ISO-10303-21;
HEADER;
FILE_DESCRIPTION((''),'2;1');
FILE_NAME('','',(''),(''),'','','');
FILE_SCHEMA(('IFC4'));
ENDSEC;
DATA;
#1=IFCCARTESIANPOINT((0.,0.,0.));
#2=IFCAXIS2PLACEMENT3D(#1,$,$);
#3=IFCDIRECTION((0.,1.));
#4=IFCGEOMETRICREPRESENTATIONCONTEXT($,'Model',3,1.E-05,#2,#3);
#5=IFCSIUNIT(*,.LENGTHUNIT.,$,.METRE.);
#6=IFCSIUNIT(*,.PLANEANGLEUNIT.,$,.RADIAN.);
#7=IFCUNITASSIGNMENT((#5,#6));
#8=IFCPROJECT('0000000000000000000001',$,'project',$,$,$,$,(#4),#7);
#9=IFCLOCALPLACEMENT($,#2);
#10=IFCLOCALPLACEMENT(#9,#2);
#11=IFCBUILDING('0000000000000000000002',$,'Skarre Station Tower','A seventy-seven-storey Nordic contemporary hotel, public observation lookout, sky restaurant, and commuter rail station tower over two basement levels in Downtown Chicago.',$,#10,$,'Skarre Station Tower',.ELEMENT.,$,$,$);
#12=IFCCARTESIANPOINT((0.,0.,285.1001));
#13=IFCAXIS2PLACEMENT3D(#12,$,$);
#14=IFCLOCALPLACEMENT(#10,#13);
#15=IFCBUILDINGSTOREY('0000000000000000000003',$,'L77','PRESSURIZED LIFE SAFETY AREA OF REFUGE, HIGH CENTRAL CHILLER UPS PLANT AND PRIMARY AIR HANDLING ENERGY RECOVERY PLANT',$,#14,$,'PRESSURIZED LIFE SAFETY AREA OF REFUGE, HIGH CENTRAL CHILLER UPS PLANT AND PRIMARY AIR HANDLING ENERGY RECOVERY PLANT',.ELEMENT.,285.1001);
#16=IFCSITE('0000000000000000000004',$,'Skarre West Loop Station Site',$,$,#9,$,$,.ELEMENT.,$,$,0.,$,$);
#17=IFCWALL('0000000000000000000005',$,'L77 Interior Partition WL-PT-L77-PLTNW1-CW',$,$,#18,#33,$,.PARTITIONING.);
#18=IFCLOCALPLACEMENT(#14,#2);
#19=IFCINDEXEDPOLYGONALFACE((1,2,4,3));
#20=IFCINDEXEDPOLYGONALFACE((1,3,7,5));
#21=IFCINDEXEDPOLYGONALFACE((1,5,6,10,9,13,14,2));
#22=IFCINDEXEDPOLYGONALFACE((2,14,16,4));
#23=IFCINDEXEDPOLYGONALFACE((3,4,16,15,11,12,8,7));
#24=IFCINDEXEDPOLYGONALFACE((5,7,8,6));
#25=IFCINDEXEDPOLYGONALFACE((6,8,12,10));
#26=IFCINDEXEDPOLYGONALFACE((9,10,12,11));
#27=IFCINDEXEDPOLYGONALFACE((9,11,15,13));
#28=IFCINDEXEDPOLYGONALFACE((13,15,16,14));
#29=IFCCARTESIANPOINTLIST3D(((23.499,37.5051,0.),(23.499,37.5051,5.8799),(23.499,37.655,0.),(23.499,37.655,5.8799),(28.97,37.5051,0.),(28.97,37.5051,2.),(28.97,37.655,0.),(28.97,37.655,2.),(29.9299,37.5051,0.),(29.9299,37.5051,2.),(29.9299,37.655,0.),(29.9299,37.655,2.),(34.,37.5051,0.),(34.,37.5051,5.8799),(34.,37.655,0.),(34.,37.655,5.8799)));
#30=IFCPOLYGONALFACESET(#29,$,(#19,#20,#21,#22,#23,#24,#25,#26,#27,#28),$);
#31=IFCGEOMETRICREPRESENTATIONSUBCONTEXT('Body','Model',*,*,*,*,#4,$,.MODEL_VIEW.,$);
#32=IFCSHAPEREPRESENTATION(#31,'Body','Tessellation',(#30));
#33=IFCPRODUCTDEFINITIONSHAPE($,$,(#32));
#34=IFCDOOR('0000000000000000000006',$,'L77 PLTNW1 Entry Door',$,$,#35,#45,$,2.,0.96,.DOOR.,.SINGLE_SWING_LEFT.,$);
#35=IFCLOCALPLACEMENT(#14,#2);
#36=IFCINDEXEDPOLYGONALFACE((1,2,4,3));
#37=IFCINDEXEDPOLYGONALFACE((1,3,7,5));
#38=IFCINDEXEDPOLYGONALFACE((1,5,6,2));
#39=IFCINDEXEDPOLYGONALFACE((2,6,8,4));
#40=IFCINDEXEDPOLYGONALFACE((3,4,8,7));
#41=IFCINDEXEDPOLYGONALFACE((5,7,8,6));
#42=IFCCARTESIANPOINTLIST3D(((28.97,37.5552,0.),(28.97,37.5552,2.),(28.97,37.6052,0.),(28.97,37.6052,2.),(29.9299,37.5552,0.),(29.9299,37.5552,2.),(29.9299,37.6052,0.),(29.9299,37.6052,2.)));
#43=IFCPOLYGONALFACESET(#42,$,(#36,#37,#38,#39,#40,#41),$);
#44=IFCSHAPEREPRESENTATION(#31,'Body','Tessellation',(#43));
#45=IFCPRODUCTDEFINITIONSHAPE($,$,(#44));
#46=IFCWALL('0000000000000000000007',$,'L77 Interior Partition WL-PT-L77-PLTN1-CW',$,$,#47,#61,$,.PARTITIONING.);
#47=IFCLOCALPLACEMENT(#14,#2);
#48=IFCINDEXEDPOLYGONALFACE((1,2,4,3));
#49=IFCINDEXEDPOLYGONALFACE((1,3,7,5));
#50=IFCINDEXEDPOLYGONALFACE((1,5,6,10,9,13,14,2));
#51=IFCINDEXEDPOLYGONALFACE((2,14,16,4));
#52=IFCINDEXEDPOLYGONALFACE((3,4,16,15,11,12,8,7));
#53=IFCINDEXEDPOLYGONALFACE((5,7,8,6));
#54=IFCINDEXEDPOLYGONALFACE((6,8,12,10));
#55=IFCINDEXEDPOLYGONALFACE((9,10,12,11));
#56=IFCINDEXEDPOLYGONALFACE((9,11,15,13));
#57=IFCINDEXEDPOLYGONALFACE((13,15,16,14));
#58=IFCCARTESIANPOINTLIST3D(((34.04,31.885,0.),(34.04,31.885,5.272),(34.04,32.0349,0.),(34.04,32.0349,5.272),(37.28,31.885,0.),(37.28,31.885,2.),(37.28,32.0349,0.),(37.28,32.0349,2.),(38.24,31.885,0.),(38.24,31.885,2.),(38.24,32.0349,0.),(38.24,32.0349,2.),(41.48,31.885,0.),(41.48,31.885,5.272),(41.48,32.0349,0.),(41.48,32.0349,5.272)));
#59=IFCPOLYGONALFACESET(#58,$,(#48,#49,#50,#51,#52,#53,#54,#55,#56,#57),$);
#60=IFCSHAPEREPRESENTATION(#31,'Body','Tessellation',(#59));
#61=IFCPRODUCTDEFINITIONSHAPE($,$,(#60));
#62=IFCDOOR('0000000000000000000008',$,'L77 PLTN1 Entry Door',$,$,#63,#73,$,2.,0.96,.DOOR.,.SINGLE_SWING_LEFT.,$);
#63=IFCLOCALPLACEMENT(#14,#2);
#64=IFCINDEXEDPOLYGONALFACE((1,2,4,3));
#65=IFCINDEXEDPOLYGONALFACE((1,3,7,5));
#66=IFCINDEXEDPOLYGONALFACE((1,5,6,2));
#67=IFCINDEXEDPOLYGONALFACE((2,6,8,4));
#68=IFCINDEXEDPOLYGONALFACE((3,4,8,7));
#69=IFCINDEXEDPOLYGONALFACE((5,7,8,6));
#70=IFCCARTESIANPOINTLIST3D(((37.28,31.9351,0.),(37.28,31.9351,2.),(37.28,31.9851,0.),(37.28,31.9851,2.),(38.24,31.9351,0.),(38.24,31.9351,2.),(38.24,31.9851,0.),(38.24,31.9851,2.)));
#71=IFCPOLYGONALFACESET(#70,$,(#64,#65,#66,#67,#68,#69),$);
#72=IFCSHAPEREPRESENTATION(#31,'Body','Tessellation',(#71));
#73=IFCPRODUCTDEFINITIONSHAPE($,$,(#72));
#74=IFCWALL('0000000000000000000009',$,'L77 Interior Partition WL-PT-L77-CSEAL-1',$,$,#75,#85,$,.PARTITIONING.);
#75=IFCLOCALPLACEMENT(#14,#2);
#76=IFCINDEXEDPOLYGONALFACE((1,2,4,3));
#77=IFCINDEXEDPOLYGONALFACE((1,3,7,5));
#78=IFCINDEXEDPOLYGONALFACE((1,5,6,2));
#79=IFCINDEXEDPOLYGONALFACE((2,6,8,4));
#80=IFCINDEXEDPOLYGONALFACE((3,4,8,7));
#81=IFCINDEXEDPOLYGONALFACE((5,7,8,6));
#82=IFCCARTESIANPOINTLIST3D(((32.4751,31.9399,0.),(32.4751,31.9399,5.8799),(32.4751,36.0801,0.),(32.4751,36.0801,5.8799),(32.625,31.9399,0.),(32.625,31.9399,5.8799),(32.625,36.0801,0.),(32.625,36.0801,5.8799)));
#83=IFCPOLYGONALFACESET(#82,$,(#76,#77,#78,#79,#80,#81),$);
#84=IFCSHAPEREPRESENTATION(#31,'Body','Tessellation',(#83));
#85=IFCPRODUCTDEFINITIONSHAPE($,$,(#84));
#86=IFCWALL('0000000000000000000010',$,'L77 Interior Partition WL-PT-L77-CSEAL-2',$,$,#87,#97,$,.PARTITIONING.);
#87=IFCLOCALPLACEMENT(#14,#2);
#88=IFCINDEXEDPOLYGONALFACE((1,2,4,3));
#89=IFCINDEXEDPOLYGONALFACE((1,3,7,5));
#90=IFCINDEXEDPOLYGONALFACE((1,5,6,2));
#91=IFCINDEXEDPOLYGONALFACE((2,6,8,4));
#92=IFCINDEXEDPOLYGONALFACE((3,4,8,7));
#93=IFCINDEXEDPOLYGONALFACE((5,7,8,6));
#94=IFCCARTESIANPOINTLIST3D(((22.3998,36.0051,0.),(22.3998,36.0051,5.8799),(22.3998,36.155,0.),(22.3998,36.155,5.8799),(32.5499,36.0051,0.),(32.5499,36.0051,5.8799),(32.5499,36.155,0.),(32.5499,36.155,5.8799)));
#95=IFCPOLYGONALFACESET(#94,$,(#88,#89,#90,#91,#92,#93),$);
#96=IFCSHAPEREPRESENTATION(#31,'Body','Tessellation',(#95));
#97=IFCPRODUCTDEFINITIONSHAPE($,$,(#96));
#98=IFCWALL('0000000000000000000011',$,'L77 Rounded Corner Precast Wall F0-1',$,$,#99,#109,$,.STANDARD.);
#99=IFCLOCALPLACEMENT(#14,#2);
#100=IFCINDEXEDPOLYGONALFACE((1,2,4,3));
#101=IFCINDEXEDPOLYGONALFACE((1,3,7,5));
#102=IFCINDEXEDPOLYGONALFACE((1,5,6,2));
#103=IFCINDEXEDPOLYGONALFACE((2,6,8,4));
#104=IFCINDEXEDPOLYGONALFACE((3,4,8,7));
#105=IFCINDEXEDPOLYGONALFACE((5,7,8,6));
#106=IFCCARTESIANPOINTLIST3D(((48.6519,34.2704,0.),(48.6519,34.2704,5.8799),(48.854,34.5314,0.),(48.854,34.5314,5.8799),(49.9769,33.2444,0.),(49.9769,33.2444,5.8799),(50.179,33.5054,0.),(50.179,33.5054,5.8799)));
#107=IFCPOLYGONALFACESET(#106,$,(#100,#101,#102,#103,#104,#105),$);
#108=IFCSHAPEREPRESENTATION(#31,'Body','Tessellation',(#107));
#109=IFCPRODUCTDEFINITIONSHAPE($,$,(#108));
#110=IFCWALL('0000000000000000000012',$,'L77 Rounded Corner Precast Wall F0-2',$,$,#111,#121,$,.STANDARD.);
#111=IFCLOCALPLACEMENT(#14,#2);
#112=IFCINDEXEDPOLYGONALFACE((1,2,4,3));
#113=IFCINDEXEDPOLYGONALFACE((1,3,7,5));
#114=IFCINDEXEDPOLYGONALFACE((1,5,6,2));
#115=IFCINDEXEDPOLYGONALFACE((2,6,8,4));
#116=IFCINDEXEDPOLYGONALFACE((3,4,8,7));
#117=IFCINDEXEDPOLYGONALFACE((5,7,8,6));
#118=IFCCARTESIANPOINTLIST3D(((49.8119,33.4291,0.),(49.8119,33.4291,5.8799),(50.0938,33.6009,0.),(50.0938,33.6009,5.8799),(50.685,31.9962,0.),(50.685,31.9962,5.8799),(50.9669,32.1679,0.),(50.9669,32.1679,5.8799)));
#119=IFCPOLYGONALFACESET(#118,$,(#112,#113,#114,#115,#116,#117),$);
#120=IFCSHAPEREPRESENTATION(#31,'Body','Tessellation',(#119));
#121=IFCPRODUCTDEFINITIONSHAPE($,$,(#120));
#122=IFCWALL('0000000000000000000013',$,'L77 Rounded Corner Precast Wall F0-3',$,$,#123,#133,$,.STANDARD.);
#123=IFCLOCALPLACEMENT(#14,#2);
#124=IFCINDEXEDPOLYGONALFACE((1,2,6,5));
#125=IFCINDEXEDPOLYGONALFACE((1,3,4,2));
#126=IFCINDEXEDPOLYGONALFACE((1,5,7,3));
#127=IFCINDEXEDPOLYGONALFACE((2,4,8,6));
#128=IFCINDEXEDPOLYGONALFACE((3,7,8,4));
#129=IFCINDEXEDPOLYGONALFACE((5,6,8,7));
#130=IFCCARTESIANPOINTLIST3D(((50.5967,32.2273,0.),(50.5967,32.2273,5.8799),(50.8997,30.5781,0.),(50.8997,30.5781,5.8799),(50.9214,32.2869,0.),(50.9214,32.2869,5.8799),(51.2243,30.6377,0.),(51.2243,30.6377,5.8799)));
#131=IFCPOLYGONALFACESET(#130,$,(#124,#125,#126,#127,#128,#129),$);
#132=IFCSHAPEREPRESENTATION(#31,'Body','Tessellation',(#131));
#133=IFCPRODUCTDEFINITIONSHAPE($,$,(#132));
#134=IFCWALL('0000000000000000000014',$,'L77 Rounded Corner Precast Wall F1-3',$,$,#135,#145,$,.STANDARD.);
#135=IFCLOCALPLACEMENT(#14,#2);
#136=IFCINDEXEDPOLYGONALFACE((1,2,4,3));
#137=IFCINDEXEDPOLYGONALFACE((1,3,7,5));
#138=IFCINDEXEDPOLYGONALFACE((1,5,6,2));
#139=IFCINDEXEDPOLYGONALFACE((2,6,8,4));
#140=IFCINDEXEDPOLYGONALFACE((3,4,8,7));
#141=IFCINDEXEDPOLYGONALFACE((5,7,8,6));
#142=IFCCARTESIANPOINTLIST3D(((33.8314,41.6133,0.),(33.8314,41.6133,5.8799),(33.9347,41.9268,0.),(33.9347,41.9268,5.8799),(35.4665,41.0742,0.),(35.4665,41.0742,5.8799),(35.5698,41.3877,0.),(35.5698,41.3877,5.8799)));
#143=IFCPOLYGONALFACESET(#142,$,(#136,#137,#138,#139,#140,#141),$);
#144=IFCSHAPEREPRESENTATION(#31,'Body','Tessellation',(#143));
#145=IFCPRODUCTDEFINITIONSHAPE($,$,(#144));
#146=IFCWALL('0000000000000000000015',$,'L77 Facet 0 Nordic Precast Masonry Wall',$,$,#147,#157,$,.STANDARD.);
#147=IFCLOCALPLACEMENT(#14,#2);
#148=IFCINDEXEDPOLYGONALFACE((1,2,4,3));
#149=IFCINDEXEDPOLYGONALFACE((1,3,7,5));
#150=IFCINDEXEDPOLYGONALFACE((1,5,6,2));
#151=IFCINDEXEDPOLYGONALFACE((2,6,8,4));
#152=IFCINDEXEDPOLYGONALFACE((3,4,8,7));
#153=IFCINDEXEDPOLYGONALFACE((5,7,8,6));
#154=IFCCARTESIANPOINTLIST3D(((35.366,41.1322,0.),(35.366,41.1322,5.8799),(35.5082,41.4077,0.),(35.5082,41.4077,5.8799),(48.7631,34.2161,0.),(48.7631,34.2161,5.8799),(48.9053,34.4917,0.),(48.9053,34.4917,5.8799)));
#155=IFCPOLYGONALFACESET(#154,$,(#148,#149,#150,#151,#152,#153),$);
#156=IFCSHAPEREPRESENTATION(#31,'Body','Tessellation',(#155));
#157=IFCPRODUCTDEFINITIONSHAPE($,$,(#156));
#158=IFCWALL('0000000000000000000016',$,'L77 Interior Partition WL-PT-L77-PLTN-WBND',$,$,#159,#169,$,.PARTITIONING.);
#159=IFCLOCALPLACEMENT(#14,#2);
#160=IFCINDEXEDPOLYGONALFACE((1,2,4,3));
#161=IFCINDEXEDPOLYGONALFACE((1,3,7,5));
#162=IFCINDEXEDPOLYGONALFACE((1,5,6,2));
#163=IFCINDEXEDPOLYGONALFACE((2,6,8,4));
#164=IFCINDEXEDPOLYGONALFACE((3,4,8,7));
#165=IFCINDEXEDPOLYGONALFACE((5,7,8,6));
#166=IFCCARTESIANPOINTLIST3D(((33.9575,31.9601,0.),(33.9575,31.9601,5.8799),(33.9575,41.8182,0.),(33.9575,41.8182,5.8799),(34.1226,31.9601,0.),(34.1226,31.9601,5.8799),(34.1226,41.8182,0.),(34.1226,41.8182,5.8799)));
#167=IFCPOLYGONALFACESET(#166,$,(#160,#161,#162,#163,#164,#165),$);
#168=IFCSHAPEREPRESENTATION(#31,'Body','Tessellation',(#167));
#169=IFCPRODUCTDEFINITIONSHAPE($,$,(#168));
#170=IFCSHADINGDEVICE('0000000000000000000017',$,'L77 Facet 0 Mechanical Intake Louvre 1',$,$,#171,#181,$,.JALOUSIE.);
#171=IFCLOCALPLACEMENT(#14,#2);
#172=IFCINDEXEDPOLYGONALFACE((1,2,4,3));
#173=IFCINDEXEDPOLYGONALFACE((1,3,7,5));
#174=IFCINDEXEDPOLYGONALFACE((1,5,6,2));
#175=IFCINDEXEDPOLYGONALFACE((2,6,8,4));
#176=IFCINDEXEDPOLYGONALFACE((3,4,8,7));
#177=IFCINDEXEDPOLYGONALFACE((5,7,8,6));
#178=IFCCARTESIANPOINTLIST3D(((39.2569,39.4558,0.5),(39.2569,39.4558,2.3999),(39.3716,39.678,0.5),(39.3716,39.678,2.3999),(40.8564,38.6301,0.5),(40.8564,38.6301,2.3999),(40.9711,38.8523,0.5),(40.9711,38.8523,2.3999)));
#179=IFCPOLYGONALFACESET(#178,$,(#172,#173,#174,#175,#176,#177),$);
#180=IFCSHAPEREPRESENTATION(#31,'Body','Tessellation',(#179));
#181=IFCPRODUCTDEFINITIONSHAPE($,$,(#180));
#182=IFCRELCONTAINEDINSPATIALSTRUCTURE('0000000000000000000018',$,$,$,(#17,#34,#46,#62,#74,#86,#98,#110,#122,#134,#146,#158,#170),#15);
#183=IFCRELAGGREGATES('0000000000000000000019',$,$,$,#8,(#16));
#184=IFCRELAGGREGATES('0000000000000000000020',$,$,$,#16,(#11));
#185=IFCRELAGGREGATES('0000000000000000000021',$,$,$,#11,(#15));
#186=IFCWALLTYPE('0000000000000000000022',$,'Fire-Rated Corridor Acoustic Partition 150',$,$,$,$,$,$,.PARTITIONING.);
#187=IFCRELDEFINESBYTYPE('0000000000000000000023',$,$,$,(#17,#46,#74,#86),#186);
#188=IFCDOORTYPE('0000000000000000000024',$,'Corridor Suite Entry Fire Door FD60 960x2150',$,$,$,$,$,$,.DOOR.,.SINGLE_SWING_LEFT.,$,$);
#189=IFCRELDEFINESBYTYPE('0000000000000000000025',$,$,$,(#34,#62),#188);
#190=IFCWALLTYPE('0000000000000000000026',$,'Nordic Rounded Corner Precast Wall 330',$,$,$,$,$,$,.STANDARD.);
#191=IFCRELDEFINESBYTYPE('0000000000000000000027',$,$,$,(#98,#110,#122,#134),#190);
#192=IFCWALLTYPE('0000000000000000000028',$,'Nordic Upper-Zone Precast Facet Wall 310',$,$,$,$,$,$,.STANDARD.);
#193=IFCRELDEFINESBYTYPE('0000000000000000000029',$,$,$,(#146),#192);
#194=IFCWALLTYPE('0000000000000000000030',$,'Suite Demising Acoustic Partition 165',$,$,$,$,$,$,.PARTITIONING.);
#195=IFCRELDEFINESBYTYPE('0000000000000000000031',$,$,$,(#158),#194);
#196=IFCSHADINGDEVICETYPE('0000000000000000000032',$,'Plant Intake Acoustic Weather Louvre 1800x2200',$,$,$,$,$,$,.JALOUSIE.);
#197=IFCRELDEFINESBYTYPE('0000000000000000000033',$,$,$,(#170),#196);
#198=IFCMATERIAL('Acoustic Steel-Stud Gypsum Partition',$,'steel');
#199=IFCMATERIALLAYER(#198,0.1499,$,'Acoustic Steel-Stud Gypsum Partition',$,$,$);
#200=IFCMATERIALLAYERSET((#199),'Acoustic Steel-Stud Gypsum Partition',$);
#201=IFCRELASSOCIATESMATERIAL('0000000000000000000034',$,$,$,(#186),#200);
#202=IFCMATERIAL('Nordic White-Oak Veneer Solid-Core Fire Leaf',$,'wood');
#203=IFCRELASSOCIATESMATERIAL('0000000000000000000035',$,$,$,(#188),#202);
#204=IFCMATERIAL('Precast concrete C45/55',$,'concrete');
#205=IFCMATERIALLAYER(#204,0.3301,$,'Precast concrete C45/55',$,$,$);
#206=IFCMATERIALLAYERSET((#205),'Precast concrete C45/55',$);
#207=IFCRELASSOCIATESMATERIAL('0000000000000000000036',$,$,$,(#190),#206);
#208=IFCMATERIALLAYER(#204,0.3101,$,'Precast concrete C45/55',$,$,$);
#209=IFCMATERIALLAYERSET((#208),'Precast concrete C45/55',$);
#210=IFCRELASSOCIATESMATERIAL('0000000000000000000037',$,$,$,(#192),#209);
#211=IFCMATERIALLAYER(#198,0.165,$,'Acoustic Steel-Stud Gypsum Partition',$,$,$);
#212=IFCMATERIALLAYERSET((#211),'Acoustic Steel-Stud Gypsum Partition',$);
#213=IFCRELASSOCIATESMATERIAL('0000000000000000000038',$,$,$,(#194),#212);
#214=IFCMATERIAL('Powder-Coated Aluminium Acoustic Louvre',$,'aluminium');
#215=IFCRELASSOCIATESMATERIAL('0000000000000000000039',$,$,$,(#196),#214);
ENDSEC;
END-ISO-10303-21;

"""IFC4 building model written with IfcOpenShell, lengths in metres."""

from ifc_helpers import new_model, si_unit, direction, frame, frame_2d, origin, origin_2d, place, context, subcontext, project, spatial, rectangle, extrude, material, layer, layer_set, type_object, element, fill, save


model = new_model("IFC4")

# Units and contexts
model_context = context("Model", 3, precision=1e-05, world=origin(), true_north=direction((0.0, 1.0)))
body_context = subcontext(model_context, "Body", "Model", "MODEL_VIEW")
ifc_project = project(units=[si_unit("LENGTHUNIT", "METRE"), si_unit("PLANEANGLEUNIT", "RADIAN")], contexts=[model_context])

# Site, building, storey
site_placement = place(None, origin())
site = spatial("IfcSite", under=ifc_project, at=site_placement, Name="Skarre West Loop Station Site", CompositionType="ELEMENT", RefElevation=0.0)
building_placement = place(site_placement, origin())
building = spatial("IfcBuilding", under=site, at=building_placement, Name="Skarre Station Tower", Description="A seventy-seven-storey Nordic contemporary hotel, public observation lookout, sky restaurant, and commuter rail station tower over two basement levels in Downtown Chicago.", LongName="Skarre Station Tower", CompositionType="ELEMENT")
storey_placement = place(building_placement, frame((0.0, 0.0, 285.1001)))
storey = spatial("IfcBuildingStorey", under=building, at=storey_placement, Name="L77", Description="PRESSURIZED LIFE SAFETY AREA OF REFUGE, HIGH CENTRAL CHILLER UPS PLANT AND PRIMARY AIR HANDLING ENERGY RECOVERY PLANT", LongName="PRESSURIZED LIFE SAFETY AREA OF REFUGE, HIGH CENTRAL CHILLER UPS PLANT AND PRIMARY AIR HANDLING ENERGY RECOVERY PLANT", CompositionType="ELEMENT", Elevation=285.1001)

# Walls, openings, doors
ifc_material_1 = material(Name="Acoustic Steel-Stud Gypsum Partition", Category="steel")
ifc_layer_1 = layer(ifc_material_1, 0.1499, Name="Acoustic Steel-Stud Gypsum Partition")
ifc_layer_set_1 = layer_set([ifc_layer_1], Name="Acoustic Steel-Stud Gypsum Partition")
wall_type_1 = type_object("IfcWallType", Name="Fire-Rated Corridor Acoustic Partition 150", PredefinedType="PARTITIONING", material=ifc_layer_set_1)
wall_1_placement = place(storey_placement, frame((34.0, 37.5801, 0.0), z_axis=(0.0, 0.0, 1.0), x_axis=(-1.0, 0.0, 0.0)))
wall_1 = element("IfcWall", 1, at=wall_1_placement, inside=storey, type_object=wall_type_1, Name="L77 Interior Partition WL-PT-L77-PLTNW1-CW", PredefinedType="PARTITIONING", context=body_context, shape_type="SweptSolid", body=[
    extrude(rectangle(XDim=10.501, YDim=0.1499, at=frame_2d((5.2505, 0.0))), origin(), (0.0, 0.0, 1.0), 5.8799),
])
opening_1_placement = place(wall_1_placement, frame((4.0701, 0.0, 0.0)))
opening_1 = element("IfcOpeningElement", 2, at=opening_1_placement, cuts=wall_1, PredefinedType="OPENING", context=body_context, shape_type="SweptSolid", body=[
    extrude(rectangle(XDim=0.96, YDim=2.0, at=frame_2d((0.48, 1.0))), frame((0.0, 0.085, 0.0), z_axis=(0.0, -1.0, 0.0), x_axis=(1.0, 0.0, 0.0)), (0.0, 0.0, 1.0), 0.1699),
])
ifc_material_2 = material(Name="Nordic White-Oak Veneer Solid-Core Fire Leaf", Category="wood")
door_type = type_object("IfcDoorType", Name="Corridor Suite Entry Fire Door FD60 960x2150", OperationType="SINGLE_SWING_LEFT", PredefinedType="DOOR", material=ifc_material_2)
door_1_placement = place(opening_1_placement, origin())
door_1 = element("IfcDoor", 3, at=door_1_placement, inside=storey, type_object=door_type, Name="L77 PLTNW1 Entry Door", OperationType="SINGLE_SWING_LEFT", OverallHeight=2.0, OverallWidth=0.96, PredefinedType="DOOR", context=body_context, shape_type="SweptSolid", body=[
    extrude(rectangle(XDim=0.96, YDim=2.0, at=frame_2d((0.48, 1.0))), frame((0.0, 0.0249, 0.0), z_axis=(0.0, -1.0, 0.0), x_axis=(1.0, 0.0, 0.0)), (0.0, 0.0, 1.0), 0.05),
])
fill(opening_1, door_1)
wall_2_placement = place(storey_placement, frame((41.48, 31.96, 0.0), z_axis=(0.0, 0.0, 1.0), x_axis=(-1.0, 0.0, 0.0)))
wall_2 = element("IfcWall", 4, at=wall_2_placement, inside=storey, type_object=wall_type_1, Name="L77 Interior Partition WL-PT-L77-PLTN1-CW", PredefinedType="PARTITIONING", context=body_context, shape_type="SweptSolid", body=[
    extrude(rectangle(XDim=7.4399, YDim=0.1499, at=frame_2d((3.72, 0.0))), origin(), (0.0, 0.0, 1.0), 5.272),
])
opening_2_placement = place(wall_2_placement, frame((3.24, 0.0, 0.0)))
opening_2 = element("IfcOpeningElement", 5, at=opening_2_placement, cuts=wall_2, PredefinedType="OPENING", context=body_context, shape_type="SweptSolid", body=[
    extrude(rectangle(XDim=0.96, YDim=2.0, at=frame_2d((0.48, 1.0))), frame((0.0, 0.085, 0.0), z_axis=(0.0, -1.0, 0.0), x_axis=(1.0, 0.0, 0.0)), (0.0, 0.0, 1.0), 0.1699),
])
door_2_placement = place(opening_2_placement, origin())
door_2 = element("IfcDoor", 6, at=door_2_placement, inside=storey, type_object=door_type, Name="L77 PLTN1 Entry Door", OperationType="SINGLE_SWING_LEFT", OverallHeight=2.0, OverallWidth=0.96, PredefinedType="DOOR", context=body_context, shape_type="SweptSolid", body=[
    extrude(rectangle(XDim=0.96, YDim=2.0, at=frame_2d((0.48, 1.0))), frame((0.0, 0.0249, 0.0), z_axis=(0.0, -1.0, 0.0), x_axis=(1.0, 0.0, 0.0)), (0.0, 0.0, 1.0), 0.05),
])
fill(opening_2, door_2)

# Walls
wall_3_placement = place(storey_placement, frame((32.55, 31.9399, 0.0), z_axis=(0.0, 0.0, 1.0), x_axis=(0.0, 1.0, 0.0)))
element("IfcWall", 7, at=wall_3_placement, inside=storey, type_object=wall_type_1, Name="L77 Interior Partition WL-PT-L77-CSEAL-1", PredefinedType="PARTITIONING", context=body_context, shape_type="SweptSolid", body=[
    extrude(rectangle(XDim=4.1401, YDim=0.1499, at=frame_2d((2.0701, 0.0))), origin(), (0.0, 0.0, 1.0), 5.8799),
])
wall_4_placement = place(storey_placement, frame((32.55, 36.0801, 0.0), z_axis=(0.0, 0.0, 1.0), x_axis=(-1.0, 0.0, 0.0)))
element("IfcWall", 8, at=wall_4_placement, inside=storey, type_object=wall_type_1, Name="L77 Interior Partition WL-PT-L77-CSEAL-2", PredefinedType="PARTITIONING", context=body_context, shape_type="SweptSolid", body=[
    extrude(rectangle(XDim=10.1501, YDim=0.1499, at=frame_2d((5.0752, 0.0))), origin(), (0.0, 0.0, 1.0), 5.8799),
])
ifc_material_3 = material(Name="Precast concrete C45/55", Category="concrete")
ifc_layer_2 = layer(ifc_material_3, 0.3301, Name="Precast concrete C45/55")
ifc_layer_set_2 = layer_set([ifc_layer_2], Name="Precast concrete C45/55")
wall_type_2 = type_object("IfcWallType", Name="Nordic Rounded Corner Precast Wall 330", PredefinedType="STANDARD", material=ifc_layer_set_2)
wall_5_placement = place(storey_placement, frame((48.7529, 34.4009, 0.0), z_axis=(0.0, 0.0, 1.0), x_axis=(0.790692, -0.612214, 0.0)))
element("IfcWall", 9, at=wall_5_placement, inside=storey, type_object=wall_type_2, Name="L77 Rounded Corner Precast Wall F0-1", PredefinedType="STANDARD", context=body_context, shape_type="SweptSolid", body=[
    extrude(rectangle(XDim=1.6758, YDim=0.3301, at=frame_2d((0.8379, 0.0))), origin(), (0.0, 0.0, 1.0), 5.8799),
])
wall_6_placement = place(storey_placement, frame((49.9529, 33.5149, 0.0), z_axis=(0.0, 0.0, 1.0), x_axis=(0.520325, -0.853968, 0.0)))
element("IfcWall", 10, at=wall_6_placement, inside=storey, type_object=wall_type_2, Name="L77 Rounded Corner Precast Wall F0-2", PredefinedType="STANDARD", context=body_context, shape_type="SweptSolid", body=[
    extrude(rectangle(XDim=1.678, YDim=0.3301, at=frame_2d((0.8389, 0.0))), origin(), (0.0, 0.0, 1.0), 5.8799),
])
wall_7_placement = place(storey_placement, frame((50.759, 32.2571, 0.0), z_axis=(0.0, 0.0, 1.0), x_axis=(0.180692, -0.98354, 0.0)))
element("IfcWall", 11, at=wall_7_placement, inside=storey, type_object=wall_type_2, Name="L77 Rounded Corner Precast Wall F0-3", PredefinedType="STANDARD", context=body_context, shape_type="SweptSolid", body=[
    extrude(rectangle(XDim=1.6768, YDim=0.3301, at=frame_2d((0.8384, 0.0))), origin(), (0.0, 0.0, 1.0), 5.8799),
])
wall_8_placement = place(storey_placement, frame((33.8831, 41.77, 0.0), z_axis=(0.0, 0.0, 1.0), x_axis=(0.949713, -0.31312, 0.0)))
element("IfcWall", 12, at=wall_8_placement, inside=storey, type_object=wall_type_2, Name="L77 Rounded Corner Precast Wall F1-3", PredefinedType="STANDARD", context=body_context, shape_type="SweptSolid", body=[
    extrude(rectangle(XDim=1.7217, YDim=0.3301, at=frame_2d((0.8608, 0.0))), origin(), (0.0, 0.0, 1.0), 5.8799),
])
ifc_layer_3 = layer(ifc_material_3, 0.3101, Name="Precast concrete C45/55")
ifc_layer_set_3 = layer_set([ifc_layer_3], Name="Precast concrete C45/55")
wall_type_3 = type_object("IfcWallType", Name="Nordic Upper-Zone Precast Facet Wall 310", PredefinedType="STANDARD", material=ifc_layer_set_3)
wall_9_placement = place(storey_placement, frame((35.437, 41.27, 0.0), z_axis=(0.0, 0.0, 1.0), x_axis=(0.888581, -0.458719, 0.0)))
element("IfcWall", 13, at=wall_9_placement, inside=storey, type_object=wall_type_3, Name="L77 Facet 0 Nordic Precast Masonry Wall", PredefinedType="STANDARD", context=body_context, shape_type="SweptSolid", body=[
    extrude(rectangle(XDim=15.0769, YDim=0.3101, at=frame_2d((7.5386, 0.0))), origin(), (0.0, 0.0, 1.0), 5.8799),
])
ifc_layer_4 = layer(ifc_material_1, 0.165, Name="Acoustic Steel-Stud Gypsum Partition")
ifc_layer_set_4 = layer_set([ifc_layer_4], Name="Acoustic Steel-Stud Gypsum Partition")
wall_type_4 = type_object("IfcWallType", Name="Suite Demising Acoustic Partition 165", PredefinedType="PARTITIONING", material=ifc_layer_set_4)
wall_10_placement = place(storey_placement, frame((34.04, 31.96, 0.0), z_axis=(0.0, 0.0, 1.0), x_axis=(0.0, 1.0, 0.0)))
element("IfcWall", 14, at=wall_10_placement, inside=storey, type_object=wall_type_4, Name="L77 Interior Partition WL-PT-L77-PLTN-WBND", PredefinedType="PARTITIONING", context=body_context, shape_type="SweptSolid", body=[
    extrude(rectangle(XDim=9.8582, YDim=0.165, at=frame_2d((4.9292, 0.0))), origin(), (0.0, 0.0, 1.0), 5.8799),
])

# Shading device
ifc_material_4 = material(Name="Powder-Coated Aluminium Acoustic Louvre", Category="aluminium")
shading_device_type = type_object("IfcShadingDeviceType", Name="Plant Intake Acoustic Weather Louvre 1800x2200", PredefinedType="JALOUSIE", material=ifc_material_4)
for number, where, z_axis, x_axis, name in (
    (15, (40.114, 39.1541, 0.5), (0.0, 0.0, 1.0), (0.458712, 0.888585, 0.0), "L77 Facet 0 Mechanical Intake Louvre 1"),
):
    element("IfcShadingDevice", number, at=place(storey_placement, frame(where, z_axis=z_axis, x_axis=x_axis)), inside=storey, type_object=shading_device_type, Name=name, PredefinedType="JALOUSIE", context=body_context, shape_type="SweptSolid", body=[
        extrude(rectangle(XDim=0.25, YDim=1.8, at=origin_2d()), origin(), (0.0, 0.0, 1.0), 1.8999),
    ])

save(model, "model.ifc")
